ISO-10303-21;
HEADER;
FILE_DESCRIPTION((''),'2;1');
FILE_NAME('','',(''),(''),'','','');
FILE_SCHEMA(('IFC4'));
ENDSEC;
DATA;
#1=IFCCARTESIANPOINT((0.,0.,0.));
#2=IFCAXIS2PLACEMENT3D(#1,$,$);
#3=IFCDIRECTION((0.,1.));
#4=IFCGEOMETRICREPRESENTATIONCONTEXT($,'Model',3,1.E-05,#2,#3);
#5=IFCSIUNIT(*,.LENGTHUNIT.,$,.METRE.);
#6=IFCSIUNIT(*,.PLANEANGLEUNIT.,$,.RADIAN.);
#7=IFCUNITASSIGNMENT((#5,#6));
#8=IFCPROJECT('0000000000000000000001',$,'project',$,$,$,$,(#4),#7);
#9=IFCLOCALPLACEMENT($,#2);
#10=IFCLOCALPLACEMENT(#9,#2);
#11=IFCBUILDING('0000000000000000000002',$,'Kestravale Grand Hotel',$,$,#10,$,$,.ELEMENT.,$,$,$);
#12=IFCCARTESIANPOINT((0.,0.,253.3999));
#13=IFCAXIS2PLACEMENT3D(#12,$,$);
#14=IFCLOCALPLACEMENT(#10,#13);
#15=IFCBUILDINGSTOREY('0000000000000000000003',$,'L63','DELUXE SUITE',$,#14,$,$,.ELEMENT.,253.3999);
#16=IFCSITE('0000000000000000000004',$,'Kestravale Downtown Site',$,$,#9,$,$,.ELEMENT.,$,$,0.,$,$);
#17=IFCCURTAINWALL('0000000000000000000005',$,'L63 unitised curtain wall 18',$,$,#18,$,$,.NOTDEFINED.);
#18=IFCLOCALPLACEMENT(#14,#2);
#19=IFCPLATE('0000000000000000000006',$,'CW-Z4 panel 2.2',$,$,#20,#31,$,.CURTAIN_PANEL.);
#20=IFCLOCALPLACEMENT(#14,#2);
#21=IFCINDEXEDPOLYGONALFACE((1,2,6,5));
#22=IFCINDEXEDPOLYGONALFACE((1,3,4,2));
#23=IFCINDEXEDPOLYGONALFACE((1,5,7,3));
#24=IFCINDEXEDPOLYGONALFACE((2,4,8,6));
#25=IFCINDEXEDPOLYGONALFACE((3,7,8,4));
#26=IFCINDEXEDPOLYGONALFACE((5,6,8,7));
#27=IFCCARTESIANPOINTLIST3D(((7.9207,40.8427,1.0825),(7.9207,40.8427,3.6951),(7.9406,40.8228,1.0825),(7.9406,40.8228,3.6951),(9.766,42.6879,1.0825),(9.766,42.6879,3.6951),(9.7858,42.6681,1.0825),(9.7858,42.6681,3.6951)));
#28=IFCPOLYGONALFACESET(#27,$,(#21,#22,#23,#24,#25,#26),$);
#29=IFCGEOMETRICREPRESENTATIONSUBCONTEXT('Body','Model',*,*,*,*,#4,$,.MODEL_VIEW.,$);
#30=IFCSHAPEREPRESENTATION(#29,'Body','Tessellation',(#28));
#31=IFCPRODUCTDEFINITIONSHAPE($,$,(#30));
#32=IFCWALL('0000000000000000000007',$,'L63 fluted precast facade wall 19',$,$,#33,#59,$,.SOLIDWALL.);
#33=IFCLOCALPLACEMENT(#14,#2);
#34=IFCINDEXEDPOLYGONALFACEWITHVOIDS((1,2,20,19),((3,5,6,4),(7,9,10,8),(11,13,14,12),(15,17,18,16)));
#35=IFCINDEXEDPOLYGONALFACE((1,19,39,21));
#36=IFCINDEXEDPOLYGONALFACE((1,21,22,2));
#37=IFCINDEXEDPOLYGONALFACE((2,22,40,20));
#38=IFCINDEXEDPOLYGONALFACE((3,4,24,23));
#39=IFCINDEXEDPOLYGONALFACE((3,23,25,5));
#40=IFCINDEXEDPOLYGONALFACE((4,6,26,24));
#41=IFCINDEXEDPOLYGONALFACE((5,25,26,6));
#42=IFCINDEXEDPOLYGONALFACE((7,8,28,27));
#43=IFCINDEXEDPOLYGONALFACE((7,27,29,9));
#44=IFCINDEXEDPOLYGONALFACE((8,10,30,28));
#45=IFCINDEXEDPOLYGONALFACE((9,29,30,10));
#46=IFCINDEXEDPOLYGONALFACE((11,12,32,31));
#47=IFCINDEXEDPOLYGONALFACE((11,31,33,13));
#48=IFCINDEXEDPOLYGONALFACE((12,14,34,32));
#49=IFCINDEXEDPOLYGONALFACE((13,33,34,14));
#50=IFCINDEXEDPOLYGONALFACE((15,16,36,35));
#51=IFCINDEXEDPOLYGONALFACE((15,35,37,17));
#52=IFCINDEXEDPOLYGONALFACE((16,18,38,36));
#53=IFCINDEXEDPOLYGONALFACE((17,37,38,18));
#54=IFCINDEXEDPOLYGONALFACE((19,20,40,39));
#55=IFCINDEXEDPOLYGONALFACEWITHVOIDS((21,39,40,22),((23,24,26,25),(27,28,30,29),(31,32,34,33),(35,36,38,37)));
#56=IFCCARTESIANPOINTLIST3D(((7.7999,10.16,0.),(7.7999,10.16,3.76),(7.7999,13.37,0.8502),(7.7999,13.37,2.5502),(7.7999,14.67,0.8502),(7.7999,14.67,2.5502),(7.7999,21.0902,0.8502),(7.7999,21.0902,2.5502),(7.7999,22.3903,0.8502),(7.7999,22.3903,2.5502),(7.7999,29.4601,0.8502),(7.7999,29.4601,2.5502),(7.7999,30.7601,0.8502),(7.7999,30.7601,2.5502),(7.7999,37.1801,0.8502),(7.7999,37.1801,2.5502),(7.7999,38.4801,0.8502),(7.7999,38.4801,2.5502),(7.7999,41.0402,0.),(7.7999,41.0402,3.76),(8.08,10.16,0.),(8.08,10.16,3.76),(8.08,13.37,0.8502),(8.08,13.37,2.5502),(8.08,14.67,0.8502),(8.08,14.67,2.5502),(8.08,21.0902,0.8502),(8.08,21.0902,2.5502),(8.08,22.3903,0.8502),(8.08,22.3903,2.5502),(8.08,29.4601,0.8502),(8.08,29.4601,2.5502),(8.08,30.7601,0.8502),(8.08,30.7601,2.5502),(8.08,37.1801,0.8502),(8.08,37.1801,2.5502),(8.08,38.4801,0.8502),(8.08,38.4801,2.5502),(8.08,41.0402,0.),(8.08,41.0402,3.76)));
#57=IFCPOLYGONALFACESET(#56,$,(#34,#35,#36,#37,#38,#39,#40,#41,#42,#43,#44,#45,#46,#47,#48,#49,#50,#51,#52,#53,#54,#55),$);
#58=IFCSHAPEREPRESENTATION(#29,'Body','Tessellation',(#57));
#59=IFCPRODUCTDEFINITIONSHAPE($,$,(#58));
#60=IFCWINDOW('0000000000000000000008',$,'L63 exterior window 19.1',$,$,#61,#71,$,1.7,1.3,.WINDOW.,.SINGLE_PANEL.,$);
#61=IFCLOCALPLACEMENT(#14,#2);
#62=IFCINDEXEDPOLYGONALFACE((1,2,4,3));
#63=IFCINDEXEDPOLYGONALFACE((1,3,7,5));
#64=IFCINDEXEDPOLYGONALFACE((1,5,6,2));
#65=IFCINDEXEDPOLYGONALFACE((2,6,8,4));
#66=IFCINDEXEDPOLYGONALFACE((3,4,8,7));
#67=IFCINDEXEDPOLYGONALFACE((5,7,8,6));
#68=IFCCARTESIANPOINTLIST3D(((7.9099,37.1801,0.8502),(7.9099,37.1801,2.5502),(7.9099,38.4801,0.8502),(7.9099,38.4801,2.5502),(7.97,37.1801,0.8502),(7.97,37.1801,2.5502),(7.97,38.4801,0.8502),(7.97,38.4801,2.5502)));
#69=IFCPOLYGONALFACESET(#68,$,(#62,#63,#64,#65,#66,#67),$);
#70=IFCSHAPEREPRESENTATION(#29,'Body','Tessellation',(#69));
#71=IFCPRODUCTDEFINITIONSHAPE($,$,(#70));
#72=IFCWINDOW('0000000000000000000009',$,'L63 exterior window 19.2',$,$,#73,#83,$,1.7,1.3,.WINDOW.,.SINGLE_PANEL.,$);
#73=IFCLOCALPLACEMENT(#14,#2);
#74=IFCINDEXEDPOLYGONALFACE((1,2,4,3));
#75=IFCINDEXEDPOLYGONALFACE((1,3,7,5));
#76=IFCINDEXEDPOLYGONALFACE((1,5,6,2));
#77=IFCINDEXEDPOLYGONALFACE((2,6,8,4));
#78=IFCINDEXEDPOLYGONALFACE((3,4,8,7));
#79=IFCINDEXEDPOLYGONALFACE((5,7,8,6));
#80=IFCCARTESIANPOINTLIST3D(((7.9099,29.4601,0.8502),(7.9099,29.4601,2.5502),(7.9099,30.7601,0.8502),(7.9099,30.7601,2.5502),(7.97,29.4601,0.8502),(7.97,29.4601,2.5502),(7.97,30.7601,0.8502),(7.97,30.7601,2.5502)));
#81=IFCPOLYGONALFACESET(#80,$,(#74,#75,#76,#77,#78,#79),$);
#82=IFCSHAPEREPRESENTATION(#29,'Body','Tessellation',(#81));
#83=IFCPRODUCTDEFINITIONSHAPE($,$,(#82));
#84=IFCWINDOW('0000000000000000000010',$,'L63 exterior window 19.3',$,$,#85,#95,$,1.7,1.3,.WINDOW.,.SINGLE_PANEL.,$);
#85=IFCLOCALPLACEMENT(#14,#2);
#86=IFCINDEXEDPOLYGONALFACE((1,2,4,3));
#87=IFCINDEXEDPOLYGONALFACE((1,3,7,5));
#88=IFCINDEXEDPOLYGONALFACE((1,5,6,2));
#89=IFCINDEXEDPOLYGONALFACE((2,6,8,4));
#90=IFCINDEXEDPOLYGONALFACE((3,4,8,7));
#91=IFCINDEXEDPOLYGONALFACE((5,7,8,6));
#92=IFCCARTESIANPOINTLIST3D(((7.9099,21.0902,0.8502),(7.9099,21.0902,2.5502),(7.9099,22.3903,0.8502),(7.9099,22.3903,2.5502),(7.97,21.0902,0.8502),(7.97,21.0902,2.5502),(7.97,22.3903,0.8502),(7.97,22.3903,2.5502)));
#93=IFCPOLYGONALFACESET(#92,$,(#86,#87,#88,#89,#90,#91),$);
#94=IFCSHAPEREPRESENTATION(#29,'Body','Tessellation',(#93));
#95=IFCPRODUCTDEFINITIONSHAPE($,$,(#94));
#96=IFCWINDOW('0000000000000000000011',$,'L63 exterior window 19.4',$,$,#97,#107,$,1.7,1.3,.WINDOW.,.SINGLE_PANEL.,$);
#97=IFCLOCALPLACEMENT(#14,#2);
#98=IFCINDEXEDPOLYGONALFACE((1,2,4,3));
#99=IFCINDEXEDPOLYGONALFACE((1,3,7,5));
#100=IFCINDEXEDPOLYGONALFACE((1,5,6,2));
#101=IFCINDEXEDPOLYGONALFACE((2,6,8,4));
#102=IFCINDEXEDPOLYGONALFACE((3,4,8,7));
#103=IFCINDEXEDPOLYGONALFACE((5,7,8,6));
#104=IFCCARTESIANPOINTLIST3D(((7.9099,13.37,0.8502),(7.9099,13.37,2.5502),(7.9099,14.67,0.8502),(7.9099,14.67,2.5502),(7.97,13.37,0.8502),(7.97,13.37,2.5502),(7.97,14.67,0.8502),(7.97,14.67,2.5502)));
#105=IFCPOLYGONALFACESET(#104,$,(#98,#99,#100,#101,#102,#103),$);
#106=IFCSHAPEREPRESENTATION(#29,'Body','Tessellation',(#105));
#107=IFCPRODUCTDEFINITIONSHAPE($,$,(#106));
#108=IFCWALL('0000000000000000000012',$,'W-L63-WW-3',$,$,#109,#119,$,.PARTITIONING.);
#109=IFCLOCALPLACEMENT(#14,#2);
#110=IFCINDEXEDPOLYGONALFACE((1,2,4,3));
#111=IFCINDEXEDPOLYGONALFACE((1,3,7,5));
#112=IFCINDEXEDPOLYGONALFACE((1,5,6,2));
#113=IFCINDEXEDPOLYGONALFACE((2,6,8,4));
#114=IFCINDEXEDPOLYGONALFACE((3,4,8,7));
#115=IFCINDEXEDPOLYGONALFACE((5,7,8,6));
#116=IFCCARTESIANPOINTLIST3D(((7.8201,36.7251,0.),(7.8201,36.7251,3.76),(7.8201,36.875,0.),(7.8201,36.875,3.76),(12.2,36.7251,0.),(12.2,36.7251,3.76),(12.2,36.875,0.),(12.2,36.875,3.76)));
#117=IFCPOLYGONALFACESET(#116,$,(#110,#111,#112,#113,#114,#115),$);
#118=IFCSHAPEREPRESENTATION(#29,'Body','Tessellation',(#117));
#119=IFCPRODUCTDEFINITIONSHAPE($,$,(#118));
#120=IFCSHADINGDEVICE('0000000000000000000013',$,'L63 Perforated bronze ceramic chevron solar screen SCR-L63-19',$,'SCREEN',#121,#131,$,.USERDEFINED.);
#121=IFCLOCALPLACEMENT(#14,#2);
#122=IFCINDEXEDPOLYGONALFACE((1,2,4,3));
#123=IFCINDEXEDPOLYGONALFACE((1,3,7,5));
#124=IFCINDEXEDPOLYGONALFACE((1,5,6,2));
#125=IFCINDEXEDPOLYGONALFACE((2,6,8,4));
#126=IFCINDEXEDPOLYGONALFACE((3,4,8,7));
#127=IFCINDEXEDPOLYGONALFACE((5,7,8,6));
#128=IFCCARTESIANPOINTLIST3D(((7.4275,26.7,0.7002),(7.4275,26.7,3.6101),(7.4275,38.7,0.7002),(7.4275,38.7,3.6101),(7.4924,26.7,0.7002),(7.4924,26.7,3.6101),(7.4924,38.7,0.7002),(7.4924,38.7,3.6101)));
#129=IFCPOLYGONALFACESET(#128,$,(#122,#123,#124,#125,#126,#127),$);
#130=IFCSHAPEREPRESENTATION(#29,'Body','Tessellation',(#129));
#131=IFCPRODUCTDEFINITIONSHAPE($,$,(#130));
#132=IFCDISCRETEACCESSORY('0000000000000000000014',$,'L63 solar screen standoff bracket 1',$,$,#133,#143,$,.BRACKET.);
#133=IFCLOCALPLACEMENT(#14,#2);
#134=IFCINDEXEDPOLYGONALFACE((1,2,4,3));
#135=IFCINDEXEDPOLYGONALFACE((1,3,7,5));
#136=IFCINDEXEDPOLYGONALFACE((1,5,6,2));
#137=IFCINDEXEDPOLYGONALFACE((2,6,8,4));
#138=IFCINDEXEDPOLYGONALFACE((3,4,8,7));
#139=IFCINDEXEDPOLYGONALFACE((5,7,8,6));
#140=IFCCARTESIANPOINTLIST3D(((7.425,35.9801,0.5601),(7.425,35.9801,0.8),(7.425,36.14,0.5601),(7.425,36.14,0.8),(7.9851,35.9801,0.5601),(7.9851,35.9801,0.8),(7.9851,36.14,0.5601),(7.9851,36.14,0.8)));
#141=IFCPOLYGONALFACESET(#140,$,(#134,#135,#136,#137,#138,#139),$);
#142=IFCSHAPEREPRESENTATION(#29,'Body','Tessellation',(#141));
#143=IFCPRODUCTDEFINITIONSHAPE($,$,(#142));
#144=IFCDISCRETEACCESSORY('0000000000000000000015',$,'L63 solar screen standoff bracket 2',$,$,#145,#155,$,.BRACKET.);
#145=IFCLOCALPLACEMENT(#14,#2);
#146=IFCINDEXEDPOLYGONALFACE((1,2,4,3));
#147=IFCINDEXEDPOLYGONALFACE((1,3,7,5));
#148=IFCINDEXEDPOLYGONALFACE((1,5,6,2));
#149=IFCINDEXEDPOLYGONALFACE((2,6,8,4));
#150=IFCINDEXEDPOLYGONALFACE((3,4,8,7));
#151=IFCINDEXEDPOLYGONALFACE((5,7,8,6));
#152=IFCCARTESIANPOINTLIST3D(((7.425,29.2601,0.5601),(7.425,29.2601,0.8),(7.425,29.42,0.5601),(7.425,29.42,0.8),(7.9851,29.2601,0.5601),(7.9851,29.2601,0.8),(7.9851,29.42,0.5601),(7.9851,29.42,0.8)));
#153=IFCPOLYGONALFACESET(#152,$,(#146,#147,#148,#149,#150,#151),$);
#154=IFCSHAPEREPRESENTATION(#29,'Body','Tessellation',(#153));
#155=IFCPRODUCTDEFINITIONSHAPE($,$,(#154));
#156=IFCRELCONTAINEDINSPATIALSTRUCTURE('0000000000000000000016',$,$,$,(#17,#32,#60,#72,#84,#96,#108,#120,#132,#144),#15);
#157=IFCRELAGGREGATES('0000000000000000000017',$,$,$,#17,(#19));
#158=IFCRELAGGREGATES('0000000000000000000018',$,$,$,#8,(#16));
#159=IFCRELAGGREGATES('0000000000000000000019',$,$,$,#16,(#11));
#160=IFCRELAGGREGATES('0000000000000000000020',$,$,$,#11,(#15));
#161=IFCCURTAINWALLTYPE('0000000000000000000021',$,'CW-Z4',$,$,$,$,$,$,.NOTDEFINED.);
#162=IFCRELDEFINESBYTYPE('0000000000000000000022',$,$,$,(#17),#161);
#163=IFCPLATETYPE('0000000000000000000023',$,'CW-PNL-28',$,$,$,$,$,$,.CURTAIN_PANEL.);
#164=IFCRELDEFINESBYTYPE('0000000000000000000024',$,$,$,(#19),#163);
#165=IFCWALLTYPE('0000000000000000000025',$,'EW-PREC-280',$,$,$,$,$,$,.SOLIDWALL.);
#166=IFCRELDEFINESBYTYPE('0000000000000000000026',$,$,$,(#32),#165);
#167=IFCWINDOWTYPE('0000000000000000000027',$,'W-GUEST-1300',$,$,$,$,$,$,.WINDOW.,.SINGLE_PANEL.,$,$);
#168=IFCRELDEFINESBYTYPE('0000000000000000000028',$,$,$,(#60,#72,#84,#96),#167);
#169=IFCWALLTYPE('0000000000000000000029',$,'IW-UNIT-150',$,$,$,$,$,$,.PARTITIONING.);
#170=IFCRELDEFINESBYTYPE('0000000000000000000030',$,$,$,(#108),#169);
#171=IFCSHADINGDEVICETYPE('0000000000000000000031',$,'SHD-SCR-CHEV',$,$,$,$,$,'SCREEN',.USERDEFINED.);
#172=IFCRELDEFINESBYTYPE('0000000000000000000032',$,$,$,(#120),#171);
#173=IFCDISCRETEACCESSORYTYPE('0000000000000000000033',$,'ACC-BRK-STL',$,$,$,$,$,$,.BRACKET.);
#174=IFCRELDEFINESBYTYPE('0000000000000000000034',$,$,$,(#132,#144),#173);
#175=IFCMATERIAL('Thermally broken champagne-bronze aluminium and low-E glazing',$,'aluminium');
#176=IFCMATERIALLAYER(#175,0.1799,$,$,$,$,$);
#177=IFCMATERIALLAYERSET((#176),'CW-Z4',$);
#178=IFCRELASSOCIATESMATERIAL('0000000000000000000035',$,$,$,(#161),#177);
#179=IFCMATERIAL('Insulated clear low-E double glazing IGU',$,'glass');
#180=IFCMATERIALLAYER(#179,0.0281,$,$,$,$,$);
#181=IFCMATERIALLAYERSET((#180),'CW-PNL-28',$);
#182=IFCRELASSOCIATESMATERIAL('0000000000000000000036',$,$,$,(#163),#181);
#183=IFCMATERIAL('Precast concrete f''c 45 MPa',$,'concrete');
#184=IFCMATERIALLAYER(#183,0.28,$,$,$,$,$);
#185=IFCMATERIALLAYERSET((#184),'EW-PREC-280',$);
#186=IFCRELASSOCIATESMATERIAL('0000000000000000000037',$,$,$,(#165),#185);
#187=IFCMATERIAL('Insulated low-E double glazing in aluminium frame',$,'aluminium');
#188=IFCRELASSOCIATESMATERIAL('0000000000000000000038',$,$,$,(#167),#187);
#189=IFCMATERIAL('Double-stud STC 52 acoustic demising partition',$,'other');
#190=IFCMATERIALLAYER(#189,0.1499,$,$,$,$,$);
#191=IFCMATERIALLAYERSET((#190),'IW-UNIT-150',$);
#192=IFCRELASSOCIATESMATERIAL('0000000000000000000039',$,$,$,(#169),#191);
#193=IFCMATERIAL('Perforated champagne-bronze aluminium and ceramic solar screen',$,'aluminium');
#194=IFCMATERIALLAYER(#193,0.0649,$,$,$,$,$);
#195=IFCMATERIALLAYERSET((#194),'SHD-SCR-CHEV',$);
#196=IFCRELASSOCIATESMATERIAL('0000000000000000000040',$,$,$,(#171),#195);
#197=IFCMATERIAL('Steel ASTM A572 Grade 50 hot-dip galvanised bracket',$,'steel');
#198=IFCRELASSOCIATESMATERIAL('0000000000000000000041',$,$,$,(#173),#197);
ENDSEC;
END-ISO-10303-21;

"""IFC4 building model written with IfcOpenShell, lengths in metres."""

from ifc_helpers import new_model, si_unit, direction, frame, frame_2d, origin, origin_2d, place, context, subcontext, project, spatial, rectangle, extrude, material, layer, layer_set, type_object, element, fill, aggregate, save


model = new_model("IFC4")

# Units and contexts
model_context = context("Model", 3, precision=1e-05, world=origin(), true_north=direction((0.0, 1.0)))
body_context = subcontext(model_context, "Body", "Model", "MODEL_VIEW")
ifc_project = project(units=[si_unit("LENGTHUNIT", "METRE"), si_unit("PLANEANGLEUNIT", "RADIAN")], contexts=[model_context])

# Site, building, storey
site_placement = place(None, origin())
site = spatial("IfcSite", under=ifc_project, at=site_placement, Name="Kestravale Downtown Site", CompositionType="ELEMENT", RefElevation=0.0)
building_placement = place(site_placement, origin())
building = spatial("IfcBuilding", under=site, at=building_placement, Name="Kestravale Grand Hotel", CompositionType="ELEMENT")
storey_placement = place(building_placement, frame((0.0, 0.0, 253.3999)))
storey = spatial("IfcBuildingStorey", under=building, at=storey_placement, Name="L63", Description="DELUXE SUITE", CompositionType="ELEMENT", Elevation=253.3999)

# Curtain wall, plate
ifc_material_1 = material(Name="Thermally broken champagne-bronze aluminium and low-E glazing", Category="aluminium")
ifc_layer_1 = layer(ifc_material_1, 0.1799)
ifc_layer_set_1 = layer_set([ifc_layer_1], Name="CW-Z4")
curtain_wall_type = type_object("IfcCurtainWallType", Name="CW-Z4", PredefinedType="NOTDEFINED", material=ifc_layer_set_1)
curtain_wall_placement = place(storey_placement, origin())
curtain_wall = element("IfcCurtainWall", 1, at=curtain_wall_placement, inside=storey, type_object=curtain_wall_type, Name="L63 unitised curtain wall 18", PredefinedType="NOTDEFINED")
ifc_material_2 = material(Name="Insulated clear low-E double glazing IGU", Category="glass")
ifc_layer_2 = layer(ifc_material_2, 0.0281)
ifc_layer_set_2 = layer_set([ifc_layer_2], Name="CW-PNL-28")
plate_type = type_object("IfcPlateType", Name="CW-PNL-28", PredefinedType="CURTAIN_PANEL", material=ifc_layer_set_2)
plate_1_placement = place(storey_placement, frame((8.8533, 41.7554, 1.0825), z_axis=(0.0, 0.0, 1.0), x_axis=(-0.707107, -0.707107, 0.0)))
plate_1 = element("IfcPlate", 2, at=plate_1_placement, type_object=plate_type, Name="CW-Z4 panel 2.2", PredefinedType="CURTAIN_PANEL", context=body_context, shape_type="SweptSolid", body=[
    extrude(rectangle(XDim=2.6096, YDim=0.0281, at=origin_2d()), origin(), (0.0, 0.0, 1.0), 2.6125),
])
aggregate(curtain_wall, [plate_1])

# Wall, openings, windows
ifc_material_3 = material(Name="Precast concrete f'c 45 MPa", Category="concrete")
ifc_layer_3 = layer(ifc_material_3, 0.28)
ifc_layer_set_3 = layer_set([ifc_layer_3], Name="EW-PREC-280")
wall_type_1 = type_object("IfcWallType", Name="EW-PREC-280", PredefinedType="SOLIDWALL", material=ifc_layer_set_3)
wall_1_placement = place(storey_placement, frame((7.9399, 41.04, 0.0), z_axis=(0.0, 0.0, 1.0), x_axis=(0.0, -1.0, 0.0)))
wall_1 = element("IfcWall", 3, at=wall_1_placement, inside=storey, type_object=wall_type_1, Name="L63 fluted precast facade wall 19", PredefinedType="SOLIDWALL", context=body_context, shape_type="SweptSolid", body=[
    extrude(rectangle(XDim=30.8801, YDim=0.28, at=frame_2d((15.4399, 0.0))), origin(), (0.0, 0.0, 1.0), 3.76),
])
opening_1_placement = place(wall_1_placement, frame((2.5601, 0.0, 0.8501)))
opening_1 = element("IfcOpeningElement", 4, at=opening_1_placement, cuts=wall_1, PredefinedType="OPENING", context=body_context, shape_type="SweptSolid", body=[
    extrude(rectangle(XDim=1.3, YDim=1.7, at=frame_2d((0.6499, 0.8501))), frame((0.0, 0.1499, 0.0), z_axis=(0.0, -1.0, 0.0), x_axis=(1.0, 0.0, 0.0)), (0.0, 0.0, 1.0), 0.3),
])
opening_2_placement = place(wall_1_placement, frame((10.28, 0.0, 0.8501)))
opening_2 = element("IfcOpeningElement", 5, at=opening_2_placement, cuts=wall_1, PredefinedType="OPENING", context=body_context, shape_type="SweptSolid", body=[
    extrude(rectangle(XDim=1.3, YDim=1.7, at=frame_2d((0.6499, 0.8501))), frame((0.0, 0.1499, 0.0), z_axis=(0.0, -1.0, 0.0), x_axis=(1.0, 0.0, 0.0)), (0.0, 0.0, 1.0), 0.3),
])
opening_3_placement = place(wall_1_placement, frame((18.6499, 0.0, 0.8501)))
opening_3 = element("IfcOpeningElement", 6, at=opening_3_placement, cuts=wall_1, PredefinedType="OPENING", context=body_context, shape_type="SweptSolid", body=[
    extrude(rectangle(XDim=1.3, YDim=1.7, at=frame_2d((0.6499, 0.8501))), frame((0.0, 0.1499, 0.0), z_axis=(0.0, -1.0, 0.0), x_axis=(1.0, 0.0, 0.0)), (0.0, 0.0, 1.0), 0.3),
])
opening_4_placement = place(wall_1_placement, frame((26.3701, 0.0, 0.8501)))
opening_4 = element("IfcOpeningElement", 7, at=opening_4_placement, cuts=wall_1, PredefinedType="OPENING", context=body_context, shape_type="SweptSolid", body=[
    extrude(rectangle(XDim=1.3, YDim=1.7, at=frame_2d((0.6499, 0.8501))), frame((0.0, 0.1499, 0.0), z_axis=(0.0, -1.0, 0.0), x_axis=(1.0, 0.0, 0.0)), (0.0, 0.0, 1.0), 0.3),
])
ifc_material_4 = material(Name="Insulated low-E double glazing in aluminium frame", Category="aluminium")
window_type = type_object("IfcWindowType", Name="W-GUEST-1300", PartitioningType="SINGLE_PANEL", PredefinedType="WINDOW", material=ifc_material_4)
window_1_placement = place(opening_1_placement, origin())
window_1 = element("IfcWindow", 8, at=window_1_placement, inside=storey, type_object=window_type, Name="L63 exterior window 19.1", OverallHeight=1.7, OverallWidth=1.3, PartitioningType="SINGLE_PANEL", PredefinedType="WINDOW", context=body_context, shape_type="SweptSolid", body=[
    extrude(rectangle(XDim=1.3, YDim=1.7, at=frame_2d((0.6499, 0.8501))), frame((0.0, 0.03, 0.0), z_axis=(0.0, -1.0, 0.0), x_axis=(1.0, 0.0, 0.0)), (0.0, 0.0, 1.0), 0.0601),
])
fill(opening_1, window_1)
window_2_placement = place(opening_2_placement, origin())
window_2 = element("IfcWindow", 9, at=window_2_placement, inside=storey, type_object=window_type, Name="L63 exterior window 19.2", OverallHeight=1.7, OverallWidth=1.3, PartitioningType="SINGLE_PANEL", PredefinedType="WINDOW", context=body_context, shape_type="SweptSolid", body=[
    extrude(rectangle(XDim=1.3, YDim=1.7, at=frame_2d((0.6499, 0.8501))), frame((0.0, 0.03, 0.0), z_axis=(0.0, -1.0, 0.0), x_axis=(1.0, 0.0, 0.0)), (0.0, 0.0, 1.0), 0.0601),
])
fill(opening_2, window_2)
window_3_placement = place(opening_3_placement, origin())
window_3 = element("IfcWindow", 10, at=window_3_placement, inside=storey, type_object=window_type, Name="L63 exterior window 19.3", OverallHeight=1.7, OverallWidth=1.3, PartitioningType="SINGLE_PANEL", PredefinedType="WINDOW", context=body_context, shape_type="SweptSolid", body=[
    extrude(rectangle(XDim=1.3, YDim=1.7, at=frame_2d((0.6499, 0.8501))), frame((0.0, 0.03, 0.0), z_axis=(0.0, -1.0, 0.0), x_axis=(1.0, 0.0, 0.0)), (0.0, 0.0, 1.0), 0.0601),
])
fill(opening_3, window_3)
window_4_placement = place(opening_4_placement, origin())
window_4 = element("IfcWindow", 11, at=window_4_placement, inside=storey, type_object=window_type, Name="L63 exterior window 19.4", OverallHeight=1.7, OverallWidth=1.3, PartitioningType="SINGLE_PANEL", PredefinedType="WINDOW", context=body_context, shape_type="SweptSolid", body=[
    extrude(rectangle(XDim=1.3, YDim=1.7, at=frame_2d((0.6499, 0.8501))), frame((0.0, 0.03, 0.0), z_axis=(0.0, -1.0, 0.0), x_axis=(1.0, 0.0, 0.0)), (0.0, 0.0, 1.0), 0.0601),
])
fill(opening_4, window_4)

# Wall
ifc_material_5 = material(Name="Double-stud STC 52 acoustic demising partition", Category="other")
ifc_layer_4 = layer(ifc_material_5, 0.1499)
ifc_layer_set_4 = layer_set([ifc_layer_4], Name="IW-UNIT-150")
wall_type_2 = type_object("IfcWallType", Name="IW-UNIT-150", PredefinedType="PARTITIONING", material=ifc_layer_set_4)
wall_2_placement = place(storey_placement, frame((7.8201, 36.8, 0.0), z_axis=(0.0, 0.0, 1.0), x_axis=(1.0, 0.0, 0.0)))
element("IfcWall", 12, at=wall_2_placement, inside=storey, type_object=wall_type_2, Name="W-L63-WW-3", PredefinedType="PARTITIONING", context=body_context, shape_type="SweptSolid", body=[
    extrude(rectangle(XDim=4.3799, YDim=0.1499, at=frame_2d((2.1899, 0.0))), origin(), (0.0, 0.0, 1.0), 3.76),
])

# Shading device
ifc_material_6 = material(Name="Perforated champagne-bronze aluminium and ceramic solar screen", Category="aluminium")
ifc_layer_5 = layer(ifc_material_6, 0.0649)
ifc_layer_set_5 = layer_set([ifc_layer_5], Name="SHD-SCR-CHEV")
shading_device_type = type_object("IfcShadingDeviceType", Name="SHD-SCR-CHEV", ElementType="SCREEN", PredefinedType="USERDEFINED", material=ifc_layer_set_5)
shading_device_placement = place(storey_placement, frame((7.46, 32.7, 0.7002), z_axis=(0.0, 0.0, 1.0), x_axis=(0.0, -1.0, 0.0)))
element("IfcShadingDevice", 13, at=shading_device_placement, inside=storey, type_object=shading_device_type, Name="L63 Perforated bronze ceramic chevron solar screen SCR-L63-19", ObjectType="SCREEN", PredefinedType="USERDEFINED", context=body_context, shape_type="SweptSolid", body=[
    extrude(rectangle(XDim=12.0, YDim=0.0649, at=origin_2d()), origin(), (0.0, 0.0, 1.0), 2.9099),
])

# Discrete accessories
ifc_material_7 = material(Name="Steel ASTM A572 Grade 50 hot-dip galvanised bracket", Category="steel")
discrete_accessory_type = type_object("IfcDiscreteAccessoryType", Name="ACC-BRK-STL", PredefinedType="BRACKET", material=ifc_material_7)
for number, where, z_axis, x_axis, name in (
    (14, (7.7051, 36.0601, 0.5601), (0.0, 0.0, 1.0), (0.0, -1.0, 0.0), "L63 solar screen standoff bracket 1"),
    (15, (7.7051, 29.3401, 0.5601), (0.0, 0.0, 1.0), (0.0, -1.0, 0.0), "L63 solar screen standoff bracket 2"),
):
    element("IfcDiscreteAccessory", number, at=place(storey_placement, frame(where, z_axis=z_axis, x_axis=x_axis)), inside=storey, type_object=discrete_accessory_type, Name=name, PredefinedType="BRACKET", context=body_context, shape_type="SweptSolid", body=[
        extrude(rectangle(XDim=0.1599, YDim=0.5601, at=origin_2d()), origin(), (0.0, 0.0, 1.0), 0.24),
    ])

save(model, "model.ifc")
